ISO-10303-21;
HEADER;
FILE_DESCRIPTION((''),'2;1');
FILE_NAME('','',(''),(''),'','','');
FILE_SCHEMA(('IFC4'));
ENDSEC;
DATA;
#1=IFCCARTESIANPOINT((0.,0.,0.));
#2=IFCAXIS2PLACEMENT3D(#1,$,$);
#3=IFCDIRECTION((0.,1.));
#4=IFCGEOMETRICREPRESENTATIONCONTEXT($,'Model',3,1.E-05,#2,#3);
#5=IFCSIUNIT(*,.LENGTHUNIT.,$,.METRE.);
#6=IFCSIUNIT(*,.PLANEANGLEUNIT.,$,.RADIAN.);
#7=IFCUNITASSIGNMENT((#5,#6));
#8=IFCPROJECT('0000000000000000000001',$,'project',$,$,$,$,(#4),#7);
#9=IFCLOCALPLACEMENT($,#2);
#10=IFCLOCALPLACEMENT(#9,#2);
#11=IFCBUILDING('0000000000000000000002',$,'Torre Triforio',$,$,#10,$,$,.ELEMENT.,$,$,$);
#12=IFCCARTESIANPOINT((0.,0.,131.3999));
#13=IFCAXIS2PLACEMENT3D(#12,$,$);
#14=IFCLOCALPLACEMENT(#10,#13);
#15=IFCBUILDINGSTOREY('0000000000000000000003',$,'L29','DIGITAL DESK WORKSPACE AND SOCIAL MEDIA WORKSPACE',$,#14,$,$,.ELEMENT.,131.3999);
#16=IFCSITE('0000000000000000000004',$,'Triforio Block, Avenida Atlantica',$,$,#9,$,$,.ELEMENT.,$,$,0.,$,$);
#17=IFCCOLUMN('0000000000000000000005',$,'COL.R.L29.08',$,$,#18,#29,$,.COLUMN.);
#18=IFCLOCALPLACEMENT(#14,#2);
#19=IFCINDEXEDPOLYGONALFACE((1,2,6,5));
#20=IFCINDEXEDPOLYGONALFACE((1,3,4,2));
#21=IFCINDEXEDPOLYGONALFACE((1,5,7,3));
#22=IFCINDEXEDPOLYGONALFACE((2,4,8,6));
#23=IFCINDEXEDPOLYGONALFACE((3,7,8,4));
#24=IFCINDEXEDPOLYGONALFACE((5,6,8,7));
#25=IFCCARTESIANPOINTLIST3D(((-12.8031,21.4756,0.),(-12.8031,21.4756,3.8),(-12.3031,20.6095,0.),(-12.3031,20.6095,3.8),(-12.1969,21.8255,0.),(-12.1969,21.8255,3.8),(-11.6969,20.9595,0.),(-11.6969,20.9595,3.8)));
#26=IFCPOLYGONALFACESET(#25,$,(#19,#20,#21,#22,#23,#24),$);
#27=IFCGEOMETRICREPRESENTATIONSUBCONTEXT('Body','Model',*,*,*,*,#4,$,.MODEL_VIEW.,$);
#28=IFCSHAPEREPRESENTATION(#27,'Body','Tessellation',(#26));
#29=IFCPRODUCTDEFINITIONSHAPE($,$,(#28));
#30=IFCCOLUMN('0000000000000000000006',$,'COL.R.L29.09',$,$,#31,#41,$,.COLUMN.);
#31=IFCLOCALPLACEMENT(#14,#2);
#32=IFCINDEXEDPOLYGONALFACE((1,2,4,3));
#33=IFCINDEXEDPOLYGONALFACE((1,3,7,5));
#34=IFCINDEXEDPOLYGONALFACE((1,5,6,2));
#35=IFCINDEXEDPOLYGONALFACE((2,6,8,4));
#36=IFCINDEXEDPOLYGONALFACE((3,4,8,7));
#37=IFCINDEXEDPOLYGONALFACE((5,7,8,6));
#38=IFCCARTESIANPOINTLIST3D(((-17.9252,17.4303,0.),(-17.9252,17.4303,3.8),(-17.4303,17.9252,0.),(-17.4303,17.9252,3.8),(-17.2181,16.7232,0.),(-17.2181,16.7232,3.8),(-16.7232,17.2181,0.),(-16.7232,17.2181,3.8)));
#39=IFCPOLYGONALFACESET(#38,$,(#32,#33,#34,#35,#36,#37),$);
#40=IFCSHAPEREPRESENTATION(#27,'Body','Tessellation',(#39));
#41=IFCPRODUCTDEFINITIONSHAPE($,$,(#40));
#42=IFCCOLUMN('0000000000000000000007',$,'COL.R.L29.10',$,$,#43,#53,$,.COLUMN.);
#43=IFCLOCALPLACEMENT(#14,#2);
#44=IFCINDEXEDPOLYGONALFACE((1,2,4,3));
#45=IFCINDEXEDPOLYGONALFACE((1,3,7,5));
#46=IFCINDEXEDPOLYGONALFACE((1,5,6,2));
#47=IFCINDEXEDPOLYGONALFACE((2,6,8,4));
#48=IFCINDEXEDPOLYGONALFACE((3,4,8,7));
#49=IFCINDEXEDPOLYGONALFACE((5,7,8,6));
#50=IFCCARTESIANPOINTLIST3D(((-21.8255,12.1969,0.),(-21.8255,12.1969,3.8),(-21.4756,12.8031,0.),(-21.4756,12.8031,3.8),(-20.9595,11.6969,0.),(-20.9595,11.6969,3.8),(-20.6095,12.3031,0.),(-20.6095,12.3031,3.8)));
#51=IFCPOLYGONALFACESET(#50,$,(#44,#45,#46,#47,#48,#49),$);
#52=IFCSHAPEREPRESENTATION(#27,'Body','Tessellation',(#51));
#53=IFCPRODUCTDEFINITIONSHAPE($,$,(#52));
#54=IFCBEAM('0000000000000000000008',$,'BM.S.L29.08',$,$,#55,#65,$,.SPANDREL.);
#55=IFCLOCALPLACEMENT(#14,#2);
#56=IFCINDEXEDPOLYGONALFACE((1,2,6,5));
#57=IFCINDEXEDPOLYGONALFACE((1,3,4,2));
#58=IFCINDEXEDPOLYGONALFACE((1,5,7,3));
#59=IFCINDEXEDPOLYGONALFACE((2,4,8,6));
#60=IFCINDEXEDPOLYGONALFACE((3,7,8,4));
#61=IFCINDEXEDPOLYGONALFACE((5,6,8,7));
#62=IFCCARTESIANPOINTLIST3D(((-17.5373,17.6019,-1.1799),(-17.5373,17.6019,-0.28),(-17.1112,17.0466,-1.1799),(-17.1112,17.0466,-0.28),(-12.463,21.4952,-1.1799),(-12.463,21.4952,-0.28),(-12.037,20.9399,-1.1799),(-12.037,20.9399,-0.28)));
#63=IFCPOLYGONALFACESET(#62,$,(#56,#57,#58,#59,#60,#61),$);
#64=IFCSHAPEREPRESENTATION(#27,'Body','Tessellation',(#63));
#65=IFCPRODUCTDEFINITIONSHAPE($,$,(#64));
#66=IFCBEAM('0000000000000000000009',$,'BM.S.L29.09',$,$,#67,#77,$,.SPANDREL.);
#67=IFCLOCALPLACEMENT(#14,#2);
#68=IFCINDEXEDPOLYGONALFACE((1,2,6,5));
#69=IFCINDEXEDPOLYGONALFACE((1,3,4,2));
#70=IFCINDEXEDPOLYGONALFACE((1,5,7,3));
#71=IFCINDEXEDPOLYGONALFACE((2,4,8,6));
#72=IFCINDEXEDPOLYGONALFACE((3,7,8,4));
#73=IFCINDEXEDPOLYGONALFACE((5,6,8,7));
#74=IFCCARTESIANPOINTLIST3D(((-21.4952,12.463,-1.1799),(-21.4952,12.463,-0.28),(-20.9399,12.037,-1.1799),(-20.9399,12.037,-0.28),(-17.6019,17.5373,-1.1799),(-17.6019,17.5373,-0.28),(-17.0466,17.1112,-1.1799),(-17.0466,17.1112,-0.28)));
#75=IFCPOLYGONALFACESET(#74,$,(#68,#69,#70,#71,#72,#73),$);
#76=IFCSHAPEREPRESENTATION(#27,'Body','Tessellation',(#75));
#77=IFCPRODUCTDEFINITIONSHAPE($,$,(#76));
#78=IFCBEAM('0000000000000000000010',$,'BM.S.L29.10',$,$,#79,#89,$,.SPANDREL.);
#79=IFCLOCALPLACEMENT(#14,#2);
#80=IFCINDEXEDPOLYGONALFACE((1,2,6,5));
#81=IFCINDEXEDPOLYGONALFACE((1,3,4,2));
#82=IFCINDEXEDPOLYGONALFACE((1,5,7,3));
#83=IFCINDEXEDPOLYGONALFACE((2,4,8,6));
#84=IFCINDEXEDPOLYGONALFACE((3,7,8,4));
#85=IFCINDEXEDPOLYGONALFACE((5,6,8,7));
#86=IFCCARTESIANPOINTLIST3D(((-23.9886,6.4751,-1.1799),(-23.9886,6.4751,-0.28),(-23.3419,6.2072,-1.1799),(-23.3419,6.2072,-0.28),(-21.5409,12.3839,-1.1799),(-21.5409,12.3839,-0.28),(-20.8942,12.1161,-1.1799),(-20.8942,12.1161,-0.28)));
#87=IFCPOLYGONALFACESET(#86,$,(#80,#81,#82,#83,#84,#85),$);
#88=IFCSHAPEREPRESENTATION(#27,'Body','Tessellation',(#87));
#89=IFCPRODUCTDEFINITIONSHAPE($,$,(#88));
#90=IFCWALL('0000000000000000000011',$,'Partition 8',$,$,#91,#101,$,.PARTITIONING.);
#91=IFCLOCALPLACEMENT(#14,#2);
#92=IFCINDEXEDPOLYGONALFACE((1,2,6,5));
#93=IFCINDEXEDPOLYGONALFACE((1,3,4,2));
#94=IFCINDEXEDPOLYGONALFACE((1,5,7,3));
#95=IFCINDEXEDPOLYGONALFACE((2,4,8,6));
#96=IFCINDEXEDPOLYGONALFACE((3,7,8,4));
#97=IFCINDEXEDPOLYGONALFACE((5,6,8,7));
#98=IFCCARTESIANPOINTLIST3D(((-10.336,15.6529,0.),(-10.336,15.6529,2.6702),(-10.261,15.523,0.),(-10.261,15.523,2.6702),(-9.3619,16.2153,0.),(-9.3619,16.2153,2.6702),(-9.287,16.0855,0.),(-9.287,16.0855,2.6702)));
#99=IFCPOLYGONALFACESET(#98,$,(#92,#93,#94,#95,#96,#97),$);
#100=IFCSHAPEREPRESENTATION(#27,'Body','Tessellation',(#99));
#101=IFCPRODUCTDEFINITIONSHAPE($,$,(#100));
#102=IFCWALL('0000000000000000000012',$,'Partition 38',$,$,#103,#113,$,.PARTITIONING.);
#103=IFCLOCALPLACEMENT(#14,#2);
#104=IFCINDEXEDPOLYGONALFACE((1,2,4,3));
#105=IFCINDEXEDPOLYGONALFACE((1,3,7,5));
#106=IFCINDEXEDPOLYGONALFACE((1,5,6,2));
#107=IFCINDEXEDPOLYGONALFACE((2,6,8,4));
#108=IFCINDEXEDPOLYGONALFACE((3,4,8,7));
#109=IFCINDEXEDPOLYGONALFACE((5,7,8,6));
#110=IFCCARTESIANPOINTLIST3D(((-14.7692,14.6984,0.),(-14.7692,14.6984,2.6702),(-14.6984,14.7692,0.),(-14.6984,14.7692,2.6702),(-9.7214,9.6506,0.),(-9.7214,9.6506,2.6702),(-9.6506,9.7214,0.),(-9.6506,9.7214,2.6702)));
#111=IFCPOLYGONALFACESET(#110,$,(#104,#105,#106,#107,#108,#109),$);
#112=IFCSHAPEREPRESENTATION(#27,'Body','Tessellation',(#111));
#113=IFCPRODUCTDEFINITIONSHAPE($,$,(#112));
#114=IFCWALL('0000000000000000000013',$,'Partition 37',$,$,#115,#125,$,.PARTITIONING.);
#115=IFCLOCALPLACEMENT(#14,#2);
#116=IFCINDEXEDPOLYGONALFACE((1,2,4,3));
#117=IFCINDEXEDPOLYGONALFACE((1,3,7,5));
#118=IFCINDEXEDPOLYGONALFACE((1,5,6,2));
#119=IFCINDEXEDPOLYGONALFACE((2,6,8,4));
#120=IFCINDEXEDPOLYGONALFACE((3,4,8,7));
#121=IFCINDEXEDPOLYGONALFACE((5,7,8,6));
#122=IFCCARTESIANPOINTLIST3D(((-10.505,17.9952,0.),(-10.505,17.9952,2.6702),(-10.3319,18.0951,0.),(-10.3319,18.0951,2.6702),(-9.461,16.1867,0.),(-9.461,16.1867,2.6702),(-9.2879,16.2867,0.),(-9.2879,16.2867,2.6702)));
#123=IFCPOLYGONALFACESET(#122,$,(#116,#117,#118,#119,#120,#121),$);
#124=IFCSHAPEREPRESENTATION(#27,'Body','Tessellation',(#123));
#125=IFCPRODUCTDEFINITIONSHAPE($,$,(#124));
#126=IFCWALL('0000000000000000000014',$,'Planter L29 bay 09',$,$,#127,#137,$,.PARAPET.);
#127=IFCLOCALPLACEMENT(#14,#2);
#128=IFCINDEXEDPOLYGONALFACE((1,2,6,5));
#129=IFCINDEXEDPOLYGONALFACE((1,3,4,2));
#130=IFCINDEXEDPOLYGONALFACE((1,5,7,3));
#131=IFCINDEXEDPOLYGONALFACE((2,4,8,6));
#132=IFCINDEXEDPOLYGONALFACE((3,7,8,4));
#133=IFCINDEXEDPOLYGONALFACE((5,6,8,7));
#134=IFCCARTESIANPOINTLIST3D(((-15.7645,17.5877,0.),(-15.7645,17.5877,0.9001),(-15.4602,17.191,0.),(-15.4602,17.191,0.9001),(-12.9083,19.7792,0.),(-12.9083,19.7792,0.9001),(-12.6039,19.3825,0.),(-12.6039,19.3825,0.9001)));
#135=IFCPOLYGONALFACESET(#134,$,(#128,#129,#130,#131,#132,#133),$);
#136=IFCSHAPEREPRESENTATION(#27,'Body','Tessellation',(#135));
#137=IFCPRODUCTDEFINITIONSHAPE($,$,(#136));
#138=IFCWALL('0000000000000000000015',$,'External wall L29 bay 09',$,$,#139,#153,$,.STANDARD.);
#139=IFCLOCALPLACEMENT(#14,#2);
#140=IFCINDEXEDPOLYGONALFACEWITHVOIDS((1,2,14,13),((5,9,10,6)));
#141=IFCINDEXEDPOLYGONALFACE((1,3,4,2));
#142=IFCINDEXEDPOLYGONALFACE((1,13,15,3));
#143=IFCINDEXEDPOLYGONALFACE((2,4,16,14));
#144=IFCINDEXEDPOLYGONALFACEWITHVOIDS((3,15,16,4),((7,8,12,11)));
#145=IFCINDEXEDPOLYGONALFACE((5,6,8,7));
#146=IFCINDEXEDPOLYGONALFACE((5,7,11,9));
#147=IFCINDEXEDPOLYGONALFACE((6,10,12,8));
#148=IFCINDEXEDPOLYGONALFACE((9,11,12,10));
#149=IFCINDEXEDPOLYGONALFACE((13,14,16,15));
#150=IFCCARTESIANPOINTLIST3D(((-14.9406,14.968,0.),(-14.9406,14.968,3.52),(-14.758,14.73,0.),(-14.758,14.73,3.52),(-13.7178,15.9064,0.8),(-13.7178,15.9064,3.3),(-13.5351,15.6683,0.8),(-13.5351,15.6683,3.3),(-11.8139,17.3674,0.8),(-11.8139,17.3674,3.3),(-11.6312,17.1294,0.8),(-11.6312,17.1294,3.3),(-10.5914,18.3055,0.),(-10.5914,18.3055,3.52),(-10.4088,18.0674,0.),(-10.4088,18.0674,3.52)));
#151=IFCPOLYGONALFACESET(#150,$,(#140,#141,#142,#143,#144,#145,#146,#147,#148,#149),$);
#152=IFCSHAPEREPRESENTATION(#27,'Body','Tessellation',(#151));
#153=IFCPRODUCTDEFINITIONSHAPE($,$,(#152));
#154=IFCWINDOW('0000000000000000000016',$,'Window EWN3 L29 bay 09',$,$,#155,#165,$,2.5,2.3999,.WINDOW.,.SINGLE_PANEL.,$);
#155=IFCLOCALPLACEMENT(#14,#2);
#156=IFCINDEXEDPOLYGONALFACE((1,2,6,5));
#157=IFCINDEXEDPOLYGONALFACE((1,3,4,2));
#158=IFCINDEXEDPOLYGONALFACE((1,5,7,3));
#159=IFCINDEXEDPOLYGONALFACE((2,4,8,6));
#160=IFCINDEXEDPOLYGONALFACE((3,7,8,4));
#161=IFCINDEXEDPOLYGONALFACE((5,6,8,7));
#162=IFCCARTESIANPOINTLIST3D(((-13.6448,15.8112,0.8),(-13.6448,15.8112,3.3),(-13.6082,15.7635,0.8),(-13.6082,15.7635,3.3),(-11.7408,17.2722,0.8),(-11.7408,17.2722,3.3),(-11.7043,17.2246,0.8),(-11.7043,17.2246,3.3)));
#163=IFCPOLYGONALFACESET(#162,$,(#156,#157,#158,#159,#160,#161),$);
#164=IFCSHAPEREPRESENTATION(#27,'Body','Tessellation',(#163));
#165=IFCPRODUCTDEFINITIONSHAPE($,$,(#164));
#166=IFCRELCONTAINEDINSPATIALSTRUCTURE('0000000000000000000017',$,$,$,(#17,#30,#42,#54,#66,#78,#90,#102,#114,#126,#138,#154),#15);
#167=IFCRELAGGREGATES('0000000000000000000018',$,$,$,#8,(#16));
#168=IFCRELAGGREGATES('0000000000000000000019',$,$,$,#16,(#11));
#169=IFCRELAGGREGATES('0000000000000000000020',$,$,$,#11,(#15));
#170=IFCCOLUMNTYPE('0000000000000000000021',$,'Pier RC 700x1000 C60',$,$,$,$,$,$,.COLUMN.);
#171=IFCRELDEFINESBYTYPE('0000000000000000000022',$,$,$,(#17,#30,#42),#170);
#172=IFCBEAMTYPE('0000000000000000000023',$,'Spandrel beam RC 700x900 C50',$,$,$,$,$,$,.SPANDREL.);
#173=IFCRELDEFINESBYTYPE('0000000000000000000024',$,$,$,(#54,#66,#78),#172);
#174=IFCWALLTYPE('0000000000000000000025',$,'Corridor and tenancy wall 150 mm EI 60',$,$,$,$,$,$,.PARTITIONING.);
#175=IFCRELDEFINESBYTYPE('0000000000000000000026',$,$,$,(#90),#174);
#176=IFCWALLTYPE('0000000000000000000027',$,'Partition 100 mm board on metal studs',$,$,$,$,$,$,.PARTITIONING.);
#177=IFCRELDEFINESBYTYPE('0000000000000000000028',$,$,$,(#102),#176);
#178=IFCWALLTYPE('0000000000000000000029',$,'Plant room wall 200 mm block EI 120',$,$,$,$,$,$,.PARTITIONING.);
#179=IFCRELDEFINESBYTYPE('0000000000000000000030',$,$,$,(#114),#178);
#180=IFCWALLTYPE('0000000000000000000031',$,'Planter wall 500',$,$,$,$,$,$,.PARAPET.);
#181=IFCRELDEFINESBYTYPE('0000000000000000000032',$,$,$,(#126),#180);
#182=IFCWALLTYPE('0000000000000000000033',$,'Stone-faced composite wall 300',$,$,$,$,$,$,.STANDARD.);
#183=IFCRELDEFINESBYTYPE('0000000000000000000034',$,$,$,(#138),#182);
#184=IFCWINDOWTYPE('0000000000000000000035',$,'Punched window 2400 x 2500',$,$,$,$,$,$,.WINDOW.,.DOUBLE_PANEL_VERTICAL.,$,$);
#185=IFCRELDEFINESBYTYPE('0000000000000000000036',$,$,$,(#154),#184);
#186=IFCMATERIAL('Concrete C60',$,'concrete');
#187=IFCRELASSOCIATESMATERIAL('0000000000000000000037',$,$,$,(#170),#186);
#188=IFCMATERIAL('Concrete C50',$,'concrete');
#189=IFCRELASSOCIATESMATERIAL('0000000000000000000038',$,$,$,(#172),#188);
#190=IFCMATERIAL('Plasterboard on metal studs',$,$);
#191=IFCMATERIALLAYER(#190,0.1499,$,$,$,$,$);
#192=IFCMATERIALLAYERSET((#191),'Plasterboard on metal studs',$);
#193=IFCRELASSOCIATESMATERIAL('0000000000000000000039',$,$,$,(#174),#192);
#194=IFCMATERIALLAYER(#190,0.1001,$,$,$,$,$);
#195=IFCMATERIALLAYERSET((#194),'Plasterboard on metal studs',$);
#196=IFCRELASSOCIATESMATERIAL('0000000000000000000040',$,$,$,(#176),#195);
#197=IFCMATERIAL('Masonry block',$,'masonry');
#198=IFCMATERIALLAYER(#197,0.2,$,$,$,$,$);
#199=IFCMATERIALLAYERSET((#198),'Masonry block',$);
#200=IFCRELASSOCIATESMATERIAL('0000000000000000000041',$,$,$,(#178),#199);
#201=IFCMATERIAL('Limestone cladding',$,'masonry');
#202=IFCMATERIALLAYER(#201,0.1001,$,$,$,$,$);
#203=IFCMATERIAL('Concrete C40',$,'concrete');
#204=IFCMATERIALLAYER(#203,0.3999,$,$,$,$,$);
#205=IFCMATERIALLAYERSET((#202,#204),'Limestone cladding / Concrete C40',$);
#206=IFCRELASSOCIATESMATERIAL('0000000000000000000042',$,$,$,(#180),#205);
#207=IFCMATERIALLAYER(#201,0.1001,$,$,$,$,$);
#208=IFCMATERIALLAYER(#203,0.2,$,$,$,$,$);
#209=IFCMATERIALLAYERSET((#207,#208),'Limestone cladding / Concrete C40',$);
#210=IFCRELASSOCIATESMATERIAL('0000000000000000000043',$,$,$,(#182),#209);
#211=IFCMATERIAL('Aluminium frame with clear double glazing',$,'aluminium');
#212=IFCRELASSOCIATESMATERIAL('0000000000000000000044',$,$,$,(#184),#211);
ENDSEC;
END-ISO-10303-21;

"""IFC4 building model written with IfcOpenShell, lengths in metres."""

from ifc_helpers import new_model, si_unit, direction, frame, frame_2d, origin, origin_2d, place, context, subcontext, project, spatial, rectangle, extrude, material, layer, layer_set, material_profile, profile_set, type_object, element, fill, save


model = new_model("IFC4")

# Units and contexts
model_context = context("Model", 3, precision=1e-05, world=origin(), true_north=direction((0.0, 1.0)))
body_context = subcontext(model_context, "Body", "Model", "MODEL_VIEW")
ifc_project = project(units=[si_unit("LENGTHUNIT", "METRE"), si_unit("PLANEANGLEUNIT", "RADIAN")], contexts=[model_context])

# Site, building, storey
site_placement = place(None, origin())
site = spatial("IfcSite", under=ifc_project, at=site_placement, Name="Triforio Block, Avenida Atlantica", CompositionType="ELEMENT", RefElevation=0.0)
building_placement = place(site_placement, origin())
building = spatial("IfcBuilding", under=site, at=building_placement, Name="Torre Triforio", CompositionType="ELEMENT")
storey_placement = place(building_placement, frame((0.0, 0.0, 131.3999)))
storey = spatial("IfcBuildingStorey", under=building, at=storey_placement, Name="L29", Description="DIGITAL DESK WORKSPACE AND SOCIAL MEDIA WORKSPACE", CompositionType="ELEMENT", Elevation=131.3999)

# Columns
ifc_material_1 = material(Name="Concrete C60", Category="concrete")
ifc_material_profile_1 = material_profile(ifc_material_1, rectangle(XDim=0.7, YDim=1.0, at=origin_2d()), Name="RC 700x1000")
ifc_profile_set_1 = profile_set([ifc_material_profile_1], Name="Concrete C60")
column_type = type_object("IfcColumnType", Name="Pier RC 700x1000 C60", PredefinedType="COLUMN", material=ifc_profile_set_1)
for number, where, z_axis, x_axis, name in (
    (1, (-12.25, 21.2175, 0.0), (0.0, 0.0, 1.0), (-0.866025, -0.5, 0.0), "COL.R.L29.08"),
    (2, (-17.3242, 17.3242, 0.0), (0.0, 0.0, 1.0), (-0.707107, -0.707107, 0.0), "COL.R.L29.09"),
    (3, (-21.2175, 12.25, 0.0), (0.0, 0.0, 1.0), (-0.5, -0.866025, 0.0), "COL.R.L29.10"),
):
    element("IfcColumn", number, at=place(storey_placement, frame(where, z_axis=z_axis, x_axis=x_axis)), inside=storey, type_object=column_type, Name=name, PredefinedType="COLUMN", context=body_context, shape_type="SweptSolid", body=[
        extrude(rectangle(XDim=0.7, YDim=1.0, at=origin_2d()), origin(), (0.0, 0.0, 1.0), 3.8),
    ])

# Beams
ifc_material_2 = material(Name="Concrete C50", Category="concrete")
ifc_material_profile_2 = material_profile(ifc_material_2, rectangle(XDim=0.7, YDim=0.8999, at=origin_2d()), Name="RC 700x900")
ifc_profile_set_2 = profile_set([ifc_material_profile_2], Name="Concrete C50")
beam_type = type_object("IfcBeamType", Name="Spandrel beam RC 700x900 C50", PredefinedType="SPANDREL", material=ifc_profile_set_2)
for number, where, z_axis, x_axis, name in (
    (4, (-12.25, 21.2175, -0.73), (-0.793374, -0.608734, 0.0), (0.608734, -0.793374, 0.0), "BM.S.L29.08"),
    (5, (-17.3242, 17.3242, -0.73), (-0.608734, -0.793374, 0.0), (0.793374, -0.608734, 0.0), "BM.S.L29.09"),
    (6, (-21.2175, 12.25, -0.73), (-0.382709, -0.923869, 0.0), (0.923869, -0.382709, 0.0), "BM.S.L29.10"),
):
    element("IfcBeam", number, at=place(storey_placement, frame(where, z_axis=z_axis, x_axis=x_axis)), inside=storey, type_object=beam_type, Name=name, PredefinedType="SPANDREL", context=body_context, shape_type="SweptSolid", body=[
        extrude(rectangle(XDim=0.7, YDim=0.8999, at=origin_2d()), origin(), (0.0, 0.0, 1.0), 6.3958),
    ])

# Walls
ifc_material_3 = material(Name="Plasterboard on metal studs")
ifc_layer_1 = layer(ifc_material_3, 0.1499)
ifc_layer_set_1 = layer_set([ifc_layer_1], Name="Plasterboard on metal studs")
wall_type_1 = type_object("IfcWallType", Name="Corridor and tenancy wall 150 mm EI 60", PredefinedType="PARTITIONING", material=ifc_layer_set_1)
wall_1_placement = place(storey_placement, frame((-10.2986, 15.5879, 0.0), z_axis=(0.0, 0.0, 1.0), x_axis=(0.86599, 0.500061, 0.0)))
element("IfcWall", 7, at=wall_1_placement, inside=storey, type_object=wall_type_1, Name="Partition 8", PredefinedType="PARTITIONING", context=body_context, shape_type="SweptSolid", body=[
    extrude(rectangle(XDim=1.1248, YDim=0.1499, at=frame_2d((0.5625, 0.0))), origin(), (0.0, 0.0, 1.0), 2.6702),
])
ifc_layer_2 = layer(ifc_material_3, 0.1001)
ifc_layer_set_2 = layer_set([ifc_layer_2], Name="Plasterboard on metal studs")
wall_type_2 = type_object("IfcWallType", Name="Partition 100 mm board on metal studs", PredefinedType="PARTITIONING", material=ifc_layer_set_2)
wall_2_placement = place(storey_placement, frame((-9.686, 9.686, 0.0), z_axis=(0.0, 0.0, 1.0), x_axis=(-0.707107, 0.707107, 0.0)))
element("IfcWall", 8, at=wall_2_placement, inside=storey, type_object=wall_type_2, Name="Partition 38", PredefinedType="PARTITIONING", context=body_context, shape_type="SweptSolid", body=[
    extrude(rectangle(XDim=7.1387, YDim=0.1001, at=frame_2d((3.5693, 0.0))), origin(), (0.0, 0.0, 1.0), 2.6702),
])
ifc_material_4 = material(Name="Masonry block", Category="masonry")
ifc_layer_3 = layer(ifc_material_4, 0.2)
ifc_layer_set_3 = layer_set([ifc_layer_3], Name="Masonry block")
wall_type_3 = type_object("IfcWallType", Name="Plant room wall 200 mm block EI 120", PredefinedType="PARTITIONING", material=ifc_layer_set_3)
wall_3_placement = place(storey_placement, frame((-9.3745, 16.2368, 0.0), z_axis=(0.0, 0.0, 1.0), x_axis=(-0.499962, 0.866047, 0.0)))
element("IfcWall", 9, at=wall_3_placement, inside=storey, type_object=wall_type_3, Name="Partition 37", PredefinedType="PARTITIONING", context=body_context, shape_type="SweptSolid", body=[
    extrude(rectangle(XDim=2.0881, YDim=0.2, at=frame_2d((1.0439, 0.0))), origin(), (0.0, 0.0, 1.0), 2.6702),
])
ifc_material_5 = material(Name="Limestone cladding", Category="masonry")
ifc_layer_4 = layer(ifc_material_5, 0.1001)
ifc_material_6 = material(Name="Concrete C40", Category="concrete")
ifc_layer_5 = layer(ifc_material_6, 0.3999)
ifc_layer_set_4 = layer_set([ifc_layer_4, ifc_layer_5], Name="Limestone cladding / Concrete C40")
wall_type_4 = type_object("IfcWallType", Name="Planter wall 500", PredefinedType="PARAPET", material=ifc_layer_set_4)
wall_4_placement = place(storey_placement, frame((-12.7561, 19.5808, 0.0), z_axis=(0.0, 0.0, 1.0), x_axis=(-0.793385, -0.608721, 0.0)))
element("IfcWall", 10, at=wall_4_placement, inside=storey, type_object=wall_type_4, Name="Planter L29 bay 09", PredefinedType="PARAPET", context=body_context, shape_type="SweptSolid", body=[
    extrude(rectangle(XDim=3.6001, YDim=0.5, at=frame_2d((1.8, 0.0))), origin(), (0.0, 0.0, 1.0), 0.9001),
])

# Wall, opening, window
ifc_layer_6 = layer(ifc_material_5, 0.1001)
ifc_layer_7 = layer(ifc_material_6, 0.2)
ifc_layer_set_5 = layer_set([ifc_layer_6, ifc_layer_7], Name="Limestone cladding / Concrete C40")
wall_type_5 = type_object("IfcWallType", Name="Stone-faced composite wall 300", PredefinedType="STANDARD", material=ifc_layer_set_5)
wall_5_placement = place(storey_placement, frame((-10.5, 18.1865, 0.0), z_axis=(0.0, 0.0, 1.0), x_axis=(-0.793335, -0.608785, 0.0)))
wall_5 = element("IfcWall", 11, at=wall_5_placement, inside=storey, type_object=wall_type_5, Name="External wall L29 bay 09", PredefinedType="STANDARD", context=body_context, shape_type="SweptSolid", body=[
    extrude(rectangle(XDim=5.4822, YDim=0.3, at=frame_2d((2.7412, 0.0))), origin(), (0.0, 0.0, 1.0), 3.52),
])
opening_1_placement = place(wall_5_placement, frame((1.541, 0.0, 0.8)))
opening_1 = element("IfcOpeningElement", 12, at=opening_1_placement, cuts=wall_5, PredefinedType="OPENING", context=body_context, shape_type="SweptSolid", body=[
    extrude(rectangle(XDim=2.3999, YDim=2.5, at=frame_2d((1.2, 1.25))), frame((0.0, 0.1599, 0.0), z_axis=(0.0, -1.0, 0.0), x_axis=(1.0, 0.0, 0.0)), (0.0, 0.0, 1.0), 0.3201),
])
ifc_material_7 = material(Name="Aluminium frame with clear double glazing", Category="aluminium")
window_type_1 = type_object("IfcWindowType", Name="Punched window 2400 x 2500", PartitioningType="DOUBLE_PANEL_VERTICAL", PredefinedType="WINDOW", material=ifc_material_7)
window_1_placement = place(opening_1_placement, origin())
window_1 = element("IfcWindow", 13, at=window_1_placement, inside=storey, type_object=window_type_1, Name="Window EWN3 L29 bay 09", OverallHeight=2.5, OverallWidth=2.3999, PartitioningType="SINGLE_PANEL", PredefinedType="WINDOW", context=body_context, shape_type="SweptSolid", body=[
    extrude(rectangle(XDim=2.3999, YDim=2.5, at=frame_2d((1.2, 1.25))), frame((0.0, 0.03, 0.0), z_axis=(0.0, -1.0, 0.0), x_axis=(1.0, 0.0, 0.0)), (0.0, 0.0, 1.0), 0.0601),
])
fill(opening_1, window_1)

save(model, "model.ifc")
